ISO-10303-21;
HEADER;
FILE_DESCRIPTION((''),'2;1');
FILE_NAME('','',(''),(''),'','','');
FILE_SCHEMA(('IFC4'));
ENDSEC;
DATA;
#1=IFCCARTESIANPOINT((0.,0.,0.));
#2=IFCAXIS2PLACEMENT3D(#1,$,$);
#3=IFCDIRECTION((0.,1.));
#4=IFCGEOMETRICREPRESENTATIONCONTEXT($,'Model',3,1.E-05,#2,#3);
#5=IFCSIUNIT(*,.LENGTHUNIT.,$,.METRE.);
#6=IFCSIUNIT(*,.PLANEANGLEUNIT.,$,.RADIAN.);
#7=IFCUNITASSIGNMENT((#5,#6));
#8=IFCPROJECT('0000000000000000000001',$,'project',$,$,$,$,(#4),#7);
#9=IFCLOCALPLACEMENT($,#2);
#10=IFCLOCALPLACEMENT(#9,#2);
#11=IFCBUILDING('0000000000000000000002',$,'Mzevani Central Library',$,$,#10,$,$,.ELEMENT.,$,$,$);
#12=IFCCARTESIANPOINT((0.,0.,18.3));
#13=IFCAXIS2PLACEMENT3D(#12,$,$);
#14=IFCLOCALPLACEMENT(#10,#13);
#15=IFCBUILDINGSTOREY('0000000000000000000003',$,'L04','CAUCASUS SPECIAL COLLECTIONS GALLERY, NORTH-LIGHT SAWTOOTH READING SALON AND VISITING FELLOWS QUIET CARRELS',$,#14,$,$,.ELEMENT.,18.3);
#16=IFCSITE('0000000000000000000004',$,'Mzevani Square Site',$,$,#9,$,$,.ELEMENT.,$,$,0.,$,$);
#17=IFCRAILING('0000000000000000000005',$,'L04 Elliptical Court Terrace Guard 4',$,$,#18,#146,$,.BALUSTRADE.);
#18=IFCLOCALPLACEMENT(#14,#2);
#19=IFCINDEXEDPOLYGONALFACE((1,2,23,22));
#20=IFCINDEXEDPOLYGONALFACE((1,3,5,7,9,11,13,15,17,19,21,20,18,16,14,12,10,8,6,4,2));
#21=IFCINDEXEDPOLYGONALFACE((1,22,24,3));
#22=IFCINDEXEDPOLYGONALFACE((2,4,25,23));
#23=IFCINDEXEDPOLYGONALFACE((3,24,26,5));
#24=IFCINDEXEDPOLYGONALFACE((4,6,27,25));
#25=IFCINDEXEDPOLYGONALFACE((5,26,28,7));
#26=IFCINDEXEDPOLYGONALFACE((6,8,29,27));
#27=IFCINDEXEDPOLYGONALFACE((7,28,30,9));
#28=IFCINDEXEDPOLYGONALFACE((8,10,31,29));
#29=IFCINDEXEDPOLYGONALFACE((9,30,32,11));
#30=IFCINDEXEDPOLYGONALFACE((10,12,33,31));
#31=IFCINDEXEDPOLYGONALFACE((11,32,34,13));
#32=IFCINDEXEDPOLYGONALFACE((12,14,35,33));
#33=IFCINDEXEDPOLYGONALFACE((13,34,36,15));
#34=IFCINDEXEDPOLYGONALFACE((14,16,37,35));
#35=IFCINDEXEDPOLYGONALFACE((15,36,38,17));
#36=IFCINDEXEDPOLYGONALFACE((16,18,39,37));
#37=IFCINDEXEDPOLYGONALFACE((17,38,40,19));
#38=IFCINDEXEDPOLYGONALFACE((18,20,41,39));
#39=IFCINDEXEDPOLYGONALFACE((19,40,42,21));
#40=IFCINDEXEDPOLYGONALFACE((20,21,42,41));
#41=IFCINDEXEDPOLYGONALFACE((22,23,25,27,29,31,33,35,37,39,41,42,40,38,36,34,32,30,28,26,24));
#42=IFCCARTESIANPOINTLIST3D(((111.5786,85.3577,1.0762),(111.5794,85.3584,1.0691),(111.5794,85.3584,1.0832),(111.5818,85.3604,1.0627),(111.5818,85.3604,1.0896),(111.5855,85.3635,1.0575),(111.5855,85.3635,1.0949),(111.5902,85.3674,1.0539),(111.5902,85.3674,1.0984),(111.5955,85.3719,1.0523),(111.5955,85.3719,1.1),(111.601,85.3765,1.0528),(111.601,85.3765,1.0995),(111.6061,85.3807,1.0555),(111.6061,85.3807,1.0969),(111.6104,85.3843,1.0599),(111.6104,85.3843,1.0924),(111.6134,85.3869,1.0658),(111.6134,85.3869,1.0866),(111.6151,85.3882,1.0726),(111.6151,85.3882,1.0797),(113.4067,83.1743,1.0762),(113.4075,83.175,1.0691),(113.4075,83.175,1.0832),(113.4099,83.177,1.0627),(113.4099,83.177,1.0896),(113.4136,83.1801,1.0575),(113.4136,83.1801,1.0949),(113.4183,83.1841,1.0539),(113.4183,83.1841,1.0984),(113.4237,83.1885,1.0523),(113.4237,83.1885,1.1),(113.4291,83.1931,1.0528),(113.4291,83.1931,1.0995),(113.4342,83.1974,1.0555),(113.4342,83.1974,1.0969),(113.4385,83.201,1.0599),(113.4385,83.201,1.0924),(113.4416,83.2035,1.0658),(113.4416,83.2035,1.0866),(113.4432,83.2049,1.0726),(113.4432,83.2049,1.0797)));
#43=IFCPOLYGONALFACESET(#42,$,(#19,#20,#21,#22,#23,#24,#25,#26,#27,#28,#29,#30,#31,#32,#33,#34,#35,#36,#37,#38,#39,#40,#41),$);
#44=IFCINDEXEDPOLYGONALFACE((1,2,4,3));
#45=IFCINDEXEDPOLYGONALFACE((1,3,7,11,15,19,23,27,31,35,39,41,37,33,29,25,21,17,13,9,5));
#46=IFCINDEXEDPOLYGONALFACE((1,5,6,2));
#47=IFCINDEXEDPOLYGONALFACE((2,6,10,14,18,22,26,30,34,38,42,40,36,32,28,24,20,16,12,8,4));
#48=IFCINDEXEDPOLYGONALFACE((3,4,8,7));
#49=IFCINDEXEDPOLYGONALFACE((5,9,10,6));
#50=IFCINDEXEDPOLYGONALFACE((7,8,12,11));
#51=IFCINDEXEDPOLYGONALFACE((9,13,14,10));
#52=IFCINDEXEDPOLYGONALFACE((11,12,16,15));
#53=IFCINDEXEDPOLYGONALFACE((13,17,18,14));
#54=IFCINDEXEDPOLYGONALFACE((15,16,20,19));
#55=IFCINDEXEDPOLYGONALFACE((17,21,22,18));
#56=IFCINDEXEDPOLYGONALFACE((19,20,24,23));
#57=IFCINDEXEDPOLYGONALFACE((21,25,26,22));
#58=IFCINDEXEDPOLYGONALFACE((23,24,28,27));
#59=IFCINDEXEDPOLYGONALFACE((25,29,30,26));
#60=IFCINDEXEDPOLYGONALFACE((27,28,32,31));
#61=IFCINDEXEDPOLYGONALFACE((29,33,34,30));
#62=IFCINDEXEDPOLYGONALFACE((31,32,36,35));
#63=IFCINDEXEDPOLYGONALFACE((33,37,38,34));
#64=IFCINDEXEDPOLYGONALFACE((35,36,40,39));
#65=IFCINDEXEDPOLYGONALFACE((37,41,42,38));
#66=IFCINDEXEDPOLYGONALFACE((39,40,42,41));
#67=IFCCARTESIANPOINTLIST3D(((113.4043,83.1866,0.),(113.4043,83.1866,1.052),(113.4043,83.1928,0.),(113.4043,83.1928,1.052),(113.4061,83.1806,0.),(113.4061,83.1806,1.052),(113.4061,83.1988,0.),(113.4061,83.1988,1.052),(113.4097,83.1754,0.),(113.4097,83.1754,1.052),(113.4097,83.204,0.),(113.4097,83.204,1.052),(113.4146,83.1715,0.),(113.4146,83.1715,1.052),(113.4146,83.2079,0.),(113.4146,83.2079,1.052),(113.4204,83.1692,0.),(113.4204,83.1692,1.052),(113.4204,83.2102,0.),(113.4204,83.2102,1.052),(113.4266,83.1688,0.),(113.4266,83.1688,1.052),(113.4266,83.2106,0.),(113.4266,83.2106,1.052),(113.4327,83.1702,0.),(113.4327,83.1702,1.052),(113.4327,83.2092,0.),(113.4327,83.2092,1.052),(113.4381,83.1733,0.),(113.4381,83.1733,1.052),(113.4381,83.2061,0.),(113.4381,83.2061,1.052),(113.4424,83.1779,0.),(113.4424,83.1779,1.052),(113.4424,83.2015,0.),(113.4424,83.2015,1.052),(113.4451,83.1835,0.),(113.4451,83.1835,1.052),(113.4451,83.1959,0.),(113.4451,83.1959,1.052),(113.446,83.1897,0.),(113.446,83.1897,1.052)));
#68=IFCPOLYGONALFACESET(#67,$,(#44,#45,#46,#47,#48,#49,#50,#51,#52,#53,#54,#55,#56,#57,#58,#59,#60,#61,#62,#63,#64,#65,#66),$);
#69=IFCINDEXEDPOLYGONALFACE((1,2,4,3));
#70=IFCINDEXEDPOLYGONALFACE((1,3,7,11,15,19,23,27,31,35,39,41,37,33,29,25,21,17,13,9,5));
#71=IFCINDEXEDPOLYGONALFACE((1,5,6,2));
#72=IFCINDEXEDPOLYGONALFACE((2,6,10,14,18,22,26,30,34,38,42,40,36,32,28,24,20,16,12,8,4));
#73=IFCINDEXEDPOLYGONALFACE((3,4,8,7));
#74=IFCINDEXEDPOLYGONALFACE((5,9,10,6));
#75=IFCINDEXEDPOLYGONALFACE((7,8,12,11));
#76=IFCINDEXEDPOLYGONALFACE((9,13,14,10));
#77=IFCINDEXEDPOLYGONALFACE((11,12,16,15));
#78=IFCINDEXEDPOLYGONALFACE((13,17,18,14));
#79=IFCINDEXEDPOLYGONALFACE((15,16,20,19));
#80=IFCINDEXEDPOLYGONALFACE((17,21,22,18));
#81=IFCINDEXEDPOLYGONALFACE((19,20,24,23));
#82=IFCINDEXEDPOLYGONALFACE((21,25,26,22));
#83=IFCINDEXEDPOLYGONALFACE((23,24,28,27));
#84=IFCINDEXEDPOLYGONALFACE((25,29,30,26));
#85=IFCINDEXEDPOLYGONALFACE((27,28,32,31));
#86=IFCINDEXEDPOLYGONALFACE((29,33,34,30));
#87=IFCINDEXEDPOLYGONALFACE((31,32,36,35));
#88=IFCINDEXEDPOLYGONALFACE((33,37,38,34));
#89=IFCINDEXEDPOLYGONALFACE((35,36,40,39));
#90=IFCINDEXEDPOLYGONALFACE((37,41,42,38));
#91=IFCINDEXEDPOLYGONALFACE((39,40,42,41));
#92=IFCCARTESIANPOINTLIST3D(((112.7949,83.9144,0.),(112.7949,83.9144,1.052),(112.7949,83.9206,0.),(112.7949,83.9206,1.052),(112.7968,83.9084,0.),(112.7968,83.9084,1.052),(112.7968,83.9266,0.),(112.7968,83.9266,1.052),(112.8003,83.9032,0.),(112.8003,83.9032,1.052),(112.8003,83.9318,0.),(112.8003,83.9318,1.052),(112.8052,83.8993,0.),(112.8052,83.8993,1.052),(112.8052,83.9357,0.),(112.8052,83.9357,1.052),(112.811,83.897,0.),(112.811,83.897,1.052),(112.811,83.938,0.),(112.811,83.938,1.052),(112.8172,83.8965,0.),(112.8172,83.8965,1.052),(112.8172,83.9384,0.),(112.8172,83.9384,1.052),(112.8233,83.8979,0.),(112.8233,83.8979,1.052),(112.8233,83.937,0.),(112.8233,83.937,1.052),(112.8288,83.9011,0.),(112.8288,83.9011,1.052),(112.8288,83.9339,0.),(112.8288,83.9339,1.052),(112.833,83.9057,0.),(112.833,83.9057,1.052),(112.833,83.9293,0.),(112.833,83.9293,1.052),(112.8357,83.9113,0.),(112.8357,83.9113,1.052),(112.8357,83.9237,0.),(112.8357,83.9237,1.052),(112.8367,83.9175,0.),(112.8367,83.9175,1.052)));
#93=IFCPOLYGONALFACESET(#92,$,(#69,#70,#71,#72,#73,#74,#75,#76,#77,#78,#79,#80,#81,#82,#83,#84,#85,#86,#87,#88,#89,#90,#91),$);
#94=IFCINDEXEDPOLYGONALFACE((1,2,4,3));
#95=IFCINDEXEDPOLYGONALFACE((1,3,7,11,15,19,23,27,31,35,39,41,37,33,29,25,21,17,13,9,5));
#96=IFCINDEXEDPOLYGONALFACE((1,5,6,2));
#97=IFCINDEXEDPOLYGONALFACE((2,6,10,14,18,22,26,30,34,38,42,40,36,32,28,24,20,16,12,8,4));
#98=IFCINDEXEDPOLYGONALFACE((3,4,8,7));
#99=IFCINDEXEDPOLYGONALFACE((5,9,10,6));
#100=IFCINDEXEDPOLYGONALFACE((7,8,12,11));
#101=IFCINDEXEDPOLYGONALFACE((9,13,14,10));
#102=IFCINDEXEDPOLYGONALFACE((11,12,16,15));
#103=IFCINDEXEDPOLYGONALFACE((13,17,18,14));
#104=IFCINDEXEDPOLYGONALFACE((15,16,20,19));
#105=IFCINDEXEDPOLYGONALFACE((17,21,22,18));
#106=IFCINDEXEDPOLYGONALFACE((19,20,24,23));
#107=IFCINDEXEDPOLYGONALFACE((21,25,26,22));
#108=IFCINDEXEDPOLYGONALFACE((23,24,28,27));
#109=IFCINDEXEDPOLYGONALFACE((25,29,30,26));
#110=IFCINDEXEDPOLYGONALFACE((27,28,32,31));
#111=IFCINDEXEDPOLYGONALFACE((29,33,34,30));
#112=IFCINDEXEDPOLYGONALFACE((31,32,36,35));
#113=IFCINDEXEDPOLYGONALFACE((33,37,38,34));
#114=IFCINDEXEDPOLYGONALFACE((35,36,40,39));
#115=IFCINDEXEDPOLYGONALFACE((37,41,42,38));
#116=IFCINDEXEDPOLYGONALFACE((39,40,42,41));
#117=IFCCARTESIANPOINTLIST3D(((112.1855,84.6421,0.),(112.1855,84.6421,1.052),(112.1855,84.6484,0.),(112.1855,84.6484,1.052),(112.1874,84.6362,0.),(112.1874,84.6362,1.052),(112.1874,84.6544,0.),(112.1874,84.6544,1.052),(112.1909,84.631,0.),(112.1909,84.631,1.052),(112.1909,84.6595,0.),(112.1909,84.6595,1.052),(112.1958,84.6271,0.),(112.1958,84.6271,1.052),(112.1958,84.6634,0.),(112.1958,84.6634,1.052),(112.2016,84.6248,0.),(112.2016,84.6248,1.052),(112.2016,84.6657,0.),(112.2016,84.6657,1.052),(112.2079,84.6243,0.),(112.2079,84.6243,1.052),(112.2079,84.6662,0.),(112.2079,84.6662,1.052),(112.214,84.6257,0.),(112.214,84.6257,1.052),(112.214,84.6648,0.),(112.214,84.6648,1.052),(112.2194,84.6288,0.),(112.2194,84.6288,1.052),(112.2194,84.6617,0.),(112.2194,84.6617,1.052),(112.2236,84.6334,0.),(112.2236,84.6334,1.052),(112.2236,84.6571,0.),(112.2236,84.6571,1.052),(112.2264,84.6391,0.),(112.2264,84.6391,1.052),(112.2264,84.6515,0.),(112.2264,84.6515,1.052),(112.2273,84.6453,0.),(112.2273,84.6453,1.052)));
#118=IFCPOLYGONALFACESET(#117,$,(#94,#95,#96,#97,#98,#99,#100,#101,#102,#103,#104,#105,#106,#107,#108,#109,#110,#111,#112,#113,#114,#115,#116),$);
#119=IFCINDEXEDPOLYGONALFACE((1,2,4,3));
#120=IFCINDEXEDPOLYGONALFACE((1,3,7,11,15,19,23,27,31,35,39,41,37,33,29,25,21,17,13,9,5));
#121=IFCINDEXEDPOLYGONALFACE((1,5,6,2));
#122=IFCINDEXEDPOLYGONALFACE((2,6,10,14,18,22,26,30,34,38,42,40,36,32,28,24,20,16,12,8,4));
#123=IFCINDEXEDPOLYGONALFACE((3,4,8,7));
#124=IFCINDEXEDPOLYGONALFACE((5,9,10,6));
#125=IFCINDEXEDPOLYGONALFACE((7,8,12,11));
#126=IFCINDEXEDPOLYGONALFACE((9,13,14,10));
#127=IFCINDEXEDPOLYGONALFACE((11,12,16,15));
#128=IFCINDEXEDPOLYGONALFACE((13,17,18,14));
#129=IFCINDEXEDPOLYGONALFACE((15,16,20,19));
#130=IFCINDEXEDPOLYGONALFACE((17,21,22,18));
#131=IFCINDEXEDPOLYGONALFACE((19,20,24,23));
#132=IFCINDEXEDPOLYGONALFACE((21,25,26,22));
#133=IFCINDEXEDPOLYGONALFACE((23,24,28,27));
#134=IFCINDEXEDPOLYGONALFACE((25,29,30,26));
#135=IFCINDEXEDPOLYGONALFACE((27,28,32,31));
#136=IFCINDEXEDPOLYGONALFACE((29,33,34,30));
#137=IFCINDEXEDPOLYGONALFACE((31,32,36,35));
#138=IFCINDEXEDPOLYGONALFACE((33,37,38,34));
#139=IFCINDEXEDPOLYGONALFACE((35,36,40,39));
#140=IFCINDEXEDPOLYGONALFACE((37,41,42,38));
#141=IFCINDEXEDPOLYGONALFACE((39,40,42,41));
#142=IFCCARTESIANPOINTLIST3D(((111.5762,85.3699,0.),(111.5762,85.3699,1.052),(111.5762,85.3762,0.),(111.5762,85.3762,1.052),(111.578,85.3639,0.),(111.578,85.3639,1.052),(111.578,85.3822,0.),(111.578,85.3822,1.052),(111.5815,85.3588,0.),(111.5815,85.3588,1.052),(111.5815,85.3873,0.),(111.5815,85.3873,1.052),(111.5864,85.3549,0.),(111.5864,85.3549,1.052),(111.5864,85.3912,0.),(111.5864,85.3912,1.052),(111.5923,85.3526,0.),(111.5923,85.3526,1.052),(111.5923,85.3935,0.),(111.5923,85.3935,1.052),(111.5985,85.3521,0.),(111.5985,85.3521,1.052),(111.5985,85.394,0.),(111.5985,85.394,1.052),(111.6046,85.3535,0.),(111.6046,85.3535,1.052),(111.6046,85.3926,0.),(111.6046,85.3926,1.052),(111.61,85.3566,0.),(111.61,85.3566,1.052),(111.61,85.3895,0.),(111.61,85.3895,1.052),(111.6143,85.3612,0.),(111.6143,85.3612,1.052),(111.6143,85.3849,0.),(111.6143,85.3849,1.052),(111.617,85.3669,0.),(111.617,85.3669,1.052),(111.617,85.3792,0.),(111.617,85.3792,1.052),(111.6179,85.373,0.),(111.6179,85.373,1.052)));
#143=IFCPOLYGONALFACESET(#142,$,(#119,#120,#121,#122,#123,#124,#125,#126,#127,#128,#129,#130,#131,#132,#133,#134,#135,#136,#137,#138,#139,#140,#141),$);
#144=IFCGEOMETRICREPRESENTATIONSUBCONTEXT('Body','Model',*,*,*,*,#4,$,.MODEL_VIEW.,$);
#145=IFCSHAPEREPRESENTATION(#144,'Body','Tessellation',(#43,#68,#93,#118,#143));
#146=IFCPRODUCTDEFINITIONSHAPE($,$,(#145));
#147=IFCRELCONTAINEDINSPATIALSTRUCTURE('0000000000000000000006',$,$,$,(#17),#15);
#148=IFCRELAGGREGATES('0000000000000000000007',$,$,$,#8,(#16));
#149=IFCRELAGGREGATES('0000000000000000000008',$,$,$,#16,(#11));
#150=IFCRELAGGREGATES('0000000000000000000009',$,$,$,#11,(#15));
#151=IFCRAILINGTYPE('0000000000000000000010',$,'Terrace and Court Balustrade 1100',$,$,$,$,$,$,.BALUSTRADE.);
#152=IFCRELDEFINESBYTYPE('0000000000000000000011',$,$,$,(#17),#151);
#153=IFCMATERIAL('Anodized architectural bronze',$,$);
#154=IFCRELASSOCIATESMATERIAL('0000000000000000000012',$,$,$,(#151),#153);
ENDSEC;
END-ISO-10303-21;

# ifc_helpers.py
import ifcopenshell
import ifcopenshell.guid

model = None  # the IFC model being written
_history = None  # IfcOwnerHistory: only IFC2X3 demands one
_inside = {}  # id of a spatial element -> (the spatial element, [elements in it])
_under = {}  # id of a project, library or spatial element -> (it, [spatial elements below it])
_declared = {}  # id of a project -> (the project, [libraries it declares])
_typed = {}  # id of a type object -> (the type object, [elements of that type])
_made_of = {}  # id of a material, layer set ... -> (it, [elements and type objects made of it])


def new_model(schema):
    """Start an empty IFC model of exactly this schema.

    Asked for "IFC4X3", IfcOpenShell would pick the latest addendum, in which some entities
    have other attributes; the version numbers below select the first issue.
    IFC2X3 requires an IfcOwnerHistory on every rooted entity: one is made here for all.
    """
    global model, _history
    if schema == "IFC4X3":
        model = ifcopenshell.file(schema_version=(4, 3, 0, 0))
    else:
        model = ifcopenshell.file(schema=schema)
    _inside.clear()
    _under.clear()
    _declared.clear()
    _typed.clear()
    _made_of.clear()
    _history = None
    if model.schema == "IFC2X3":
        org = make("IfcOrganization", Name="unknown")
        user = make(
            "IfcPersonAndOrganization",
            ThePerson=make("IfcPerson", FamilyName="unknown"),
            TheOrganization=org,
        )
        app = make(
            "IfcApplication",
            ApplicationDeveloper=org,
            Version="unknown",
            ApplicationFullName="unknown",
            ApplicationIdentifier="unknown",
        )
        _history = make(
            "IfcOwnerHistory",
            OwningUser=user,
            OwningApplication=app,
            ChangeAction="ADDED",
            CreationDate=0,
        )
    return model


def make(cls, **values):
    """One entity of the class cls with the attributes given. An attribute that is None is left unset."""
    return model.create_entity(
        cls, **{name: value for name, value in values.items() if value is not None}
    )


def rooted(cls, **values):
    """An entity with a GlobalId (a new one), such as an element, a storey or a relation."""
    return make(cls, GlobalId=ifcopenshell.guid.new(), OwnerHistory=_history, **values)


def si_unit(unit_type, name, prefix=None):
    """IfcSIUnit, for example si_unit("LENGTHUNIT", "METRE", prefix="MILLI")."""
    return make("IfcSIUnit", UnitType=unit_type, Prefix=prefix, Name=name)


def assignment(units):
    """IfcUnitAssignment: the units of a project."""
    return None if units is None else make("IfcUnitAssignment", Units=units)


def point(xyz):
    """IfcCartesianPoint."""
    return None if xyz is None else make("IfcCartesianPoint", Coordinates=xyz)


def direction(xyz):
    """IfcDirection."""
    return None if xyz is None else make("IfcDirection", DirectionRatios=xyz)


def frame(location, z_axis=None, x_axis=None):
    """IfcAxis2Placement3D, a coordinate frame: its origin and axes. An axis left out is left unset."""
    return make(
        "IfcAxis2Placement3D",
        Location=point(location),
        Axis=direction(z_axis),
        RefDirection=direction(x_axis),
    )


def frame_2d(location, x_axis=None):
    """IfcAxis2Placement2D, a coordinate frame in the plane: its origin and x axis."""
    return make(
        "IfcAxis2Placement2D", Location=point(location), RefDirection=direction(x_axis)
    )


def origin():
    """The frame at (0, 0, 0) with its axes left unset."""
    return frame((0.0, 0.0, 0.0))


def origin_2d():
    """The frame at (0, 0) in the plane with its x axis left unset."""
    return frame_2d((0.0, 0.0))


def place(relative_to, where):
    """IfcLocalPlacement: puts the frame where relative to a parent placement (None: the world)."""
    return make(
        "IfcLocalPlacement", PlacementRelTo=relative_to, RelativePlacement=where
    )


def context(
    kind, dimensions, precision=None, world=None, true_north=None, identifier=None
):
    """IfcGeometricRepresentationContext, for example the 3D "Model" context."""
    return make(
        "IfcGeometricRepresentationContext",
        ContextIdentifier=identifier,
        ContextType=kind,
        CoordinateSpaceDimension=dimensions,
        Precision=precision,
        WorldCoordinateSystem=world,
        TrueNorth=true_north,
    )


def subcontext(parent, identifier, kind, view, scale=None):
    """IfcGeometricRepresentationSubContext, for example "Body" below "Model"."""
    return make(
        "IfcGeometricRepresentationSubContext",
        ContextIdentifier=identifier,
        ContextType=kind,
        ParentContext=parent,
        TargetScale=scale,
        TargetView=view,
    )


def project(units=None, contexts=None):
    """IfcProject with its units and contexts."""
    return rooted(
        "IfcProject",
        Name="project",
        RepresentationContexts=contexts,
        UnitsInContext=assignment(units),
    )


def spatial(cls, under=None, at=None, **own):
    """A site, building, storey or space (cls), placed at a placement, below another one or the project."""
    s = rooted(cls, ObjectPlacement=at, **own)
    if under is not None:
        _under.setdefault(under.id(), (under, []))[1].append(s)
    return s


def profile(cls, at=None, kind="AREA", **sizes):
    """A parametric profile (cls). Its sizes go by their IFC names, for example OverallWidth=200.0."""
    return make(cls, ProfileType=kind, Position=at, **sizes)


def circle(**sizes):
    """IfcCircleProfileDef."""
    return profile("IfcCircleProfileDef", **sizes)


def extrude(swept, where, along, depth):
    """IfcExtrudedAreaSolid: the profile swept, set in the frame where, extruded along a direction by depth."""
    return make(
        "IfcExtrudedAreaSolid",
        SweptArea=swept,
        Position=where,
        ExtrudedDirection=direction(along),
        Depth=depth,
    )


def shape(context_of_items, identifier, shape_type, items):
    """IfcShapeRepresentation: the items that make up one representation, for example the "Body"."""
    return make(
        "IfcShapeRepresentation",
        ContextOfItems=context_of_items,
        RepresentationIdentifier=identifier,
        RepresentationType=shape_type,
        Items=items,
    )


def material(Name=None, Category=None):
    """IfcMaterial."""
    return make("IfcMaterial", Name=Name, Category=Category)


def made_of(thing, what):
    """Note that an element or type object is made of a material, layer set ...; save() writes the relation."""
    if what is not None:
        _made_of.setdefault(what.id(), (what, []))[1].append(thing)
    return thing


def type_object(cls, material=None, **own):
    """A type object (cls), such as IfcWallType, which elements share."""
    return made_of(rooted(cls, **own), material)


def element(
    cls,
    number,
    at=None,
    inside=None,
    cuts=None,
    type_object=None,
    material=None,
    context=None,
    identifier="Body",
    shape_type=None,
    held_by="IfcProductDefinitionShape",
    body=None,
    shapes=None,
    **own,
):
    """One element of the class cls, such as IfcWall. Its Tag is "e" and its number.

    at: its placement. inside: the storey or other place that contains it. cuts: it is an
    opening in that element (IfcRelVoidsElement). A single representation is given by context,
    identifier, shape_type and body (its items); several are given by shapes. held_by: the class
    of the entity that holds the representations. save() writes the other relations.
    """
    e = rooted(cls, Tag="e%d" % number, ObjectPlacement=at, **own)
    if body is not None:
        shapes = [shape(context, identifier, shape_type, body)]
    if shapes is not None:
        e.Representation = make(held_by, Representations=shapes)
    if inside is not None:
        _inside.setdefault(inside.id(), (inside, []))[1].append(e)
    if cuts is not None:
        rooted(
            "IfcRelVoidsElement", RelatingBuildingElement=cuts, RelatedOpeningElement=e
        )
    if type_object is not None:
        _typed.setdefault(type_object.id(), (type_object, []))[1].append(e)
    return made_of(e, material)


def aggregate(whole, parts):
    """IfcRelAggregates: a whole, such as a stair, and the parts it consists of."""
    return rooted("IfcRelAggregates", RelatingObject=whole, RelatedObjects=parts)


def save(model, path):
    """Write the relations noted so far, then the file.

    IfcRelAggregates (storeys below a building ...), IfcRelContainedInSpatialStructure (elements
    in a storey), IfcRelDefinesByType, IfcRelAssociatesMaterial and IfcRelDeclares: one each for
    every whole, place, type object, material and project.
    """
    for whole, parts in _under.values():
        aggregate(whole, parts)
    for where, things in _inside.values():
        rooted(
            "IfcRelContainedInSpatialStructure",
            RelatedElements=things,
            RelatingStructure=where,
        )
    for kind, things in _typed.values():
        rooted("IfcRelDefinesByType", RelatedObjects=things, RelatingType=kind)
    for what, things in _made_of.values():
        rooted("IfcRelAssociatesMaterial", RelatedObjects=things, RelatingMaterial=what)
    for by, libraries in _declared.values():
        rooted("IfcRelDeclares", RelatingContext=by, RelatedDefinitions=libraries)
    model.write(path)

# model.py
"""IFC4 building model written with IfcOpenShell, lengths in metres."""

from ifc_helpers import new_model, si_unit, direction, frame, origin, origin_2d, place, context, subcontext, project, spatial, circle, extrude, material, type_object, element, save


model = new_model("IFC4")

# Units and contexts
model_context = context("Model", 3, precision=1e-05, world=origin(), true_north=direction((0.0, 1.0)))
body_context = subcontext(model_context, "Body", "Model", "MODEL_VIEW")
ifc_project = project(units=[si_unit("LENGTHUNIT", "METRE"), si_unit("PLANEANGLEUNIT", "RADIAN")], contexts=[model_context])

# Site, building, storey
site_placement = place(None, origin())
site = spatial("IfcSite", under=ifc_project, at=site_placement, Name="Mzevani Square Site", CompositionType="ELEMENT", RefElevation=0.0)
building_placement = place(site_placement, origin())
building = spatial("IfcBuilding", under=site, at=building_placement, Name="Mzevani Central Library", CompositionType="ELEMENT")
storey_placement = place(building_placement, frame((0.0, 0.0, 18.3)))
storey = spatial("IfcBuildingStorey", under=building, at=storey_placement, Name="L04", Description="CAUCASUS SPECIAL COLLECTIONS GALLERY, NORTH-LIGHT SAWTOOTH READING SALON AND VISITING FELLOWS QUIET CARRELS", CompositionType="ELEMENT", Elevation=18.3)

# Railing
ifc_material_1 = material(Name="Anodized architectural bronze")
railing_type = type_object("IfcRailingType", Name="Terrace and Court Balustrade 1100", PredefinedType="BALUSTRADE", material=ifc_material_1)
railing_1_placement = place(storey_placement, frame((113.425, 83.1897, 0.0)))
element("IfcRailing", 1, at=railing_1_placement, inside=storey, type_object=railing_type, Name="L04 Elliptical Court Terrace Guard 4", PredefinedType="BALUSTRADE", context=body_context, shape_type="SweptSolid", body=[
    extrude(circle(Radius=0.0239, at=origin_2d()), frame((0.0, 0.0, 1.0762), z_axis=(-0.641979, 0.766722, 0.0), x_axis=(-0.766722, -0.641979, 0.0)), (0.0, 0.0, 1.0), 2.8477),
    extrude(circle(Radius=0.021, at=origin_2d()), origin(), (0.0, 0.0, 1.0), 1.052),
    extrude(circle(Radius=0.021, at=origin_2d()), frame((-0.6094, 0.7278, 0.0)), (0.0, 0.0, 1.0), 1.052),
    extrude(circle(Radius=0.021, at=origin_2d()), frame((-1.2188, 1.4556, 0.0)), (0.0, 0.0, 1.0), 1.052),
    extrude(circle(Radius=0.021, at=origin_2d()), frame((-1.8281, 2.1833, 0.0)), (0.0, 0.0, 1.0), 1.052),
])

save(model, "model.ifc")
